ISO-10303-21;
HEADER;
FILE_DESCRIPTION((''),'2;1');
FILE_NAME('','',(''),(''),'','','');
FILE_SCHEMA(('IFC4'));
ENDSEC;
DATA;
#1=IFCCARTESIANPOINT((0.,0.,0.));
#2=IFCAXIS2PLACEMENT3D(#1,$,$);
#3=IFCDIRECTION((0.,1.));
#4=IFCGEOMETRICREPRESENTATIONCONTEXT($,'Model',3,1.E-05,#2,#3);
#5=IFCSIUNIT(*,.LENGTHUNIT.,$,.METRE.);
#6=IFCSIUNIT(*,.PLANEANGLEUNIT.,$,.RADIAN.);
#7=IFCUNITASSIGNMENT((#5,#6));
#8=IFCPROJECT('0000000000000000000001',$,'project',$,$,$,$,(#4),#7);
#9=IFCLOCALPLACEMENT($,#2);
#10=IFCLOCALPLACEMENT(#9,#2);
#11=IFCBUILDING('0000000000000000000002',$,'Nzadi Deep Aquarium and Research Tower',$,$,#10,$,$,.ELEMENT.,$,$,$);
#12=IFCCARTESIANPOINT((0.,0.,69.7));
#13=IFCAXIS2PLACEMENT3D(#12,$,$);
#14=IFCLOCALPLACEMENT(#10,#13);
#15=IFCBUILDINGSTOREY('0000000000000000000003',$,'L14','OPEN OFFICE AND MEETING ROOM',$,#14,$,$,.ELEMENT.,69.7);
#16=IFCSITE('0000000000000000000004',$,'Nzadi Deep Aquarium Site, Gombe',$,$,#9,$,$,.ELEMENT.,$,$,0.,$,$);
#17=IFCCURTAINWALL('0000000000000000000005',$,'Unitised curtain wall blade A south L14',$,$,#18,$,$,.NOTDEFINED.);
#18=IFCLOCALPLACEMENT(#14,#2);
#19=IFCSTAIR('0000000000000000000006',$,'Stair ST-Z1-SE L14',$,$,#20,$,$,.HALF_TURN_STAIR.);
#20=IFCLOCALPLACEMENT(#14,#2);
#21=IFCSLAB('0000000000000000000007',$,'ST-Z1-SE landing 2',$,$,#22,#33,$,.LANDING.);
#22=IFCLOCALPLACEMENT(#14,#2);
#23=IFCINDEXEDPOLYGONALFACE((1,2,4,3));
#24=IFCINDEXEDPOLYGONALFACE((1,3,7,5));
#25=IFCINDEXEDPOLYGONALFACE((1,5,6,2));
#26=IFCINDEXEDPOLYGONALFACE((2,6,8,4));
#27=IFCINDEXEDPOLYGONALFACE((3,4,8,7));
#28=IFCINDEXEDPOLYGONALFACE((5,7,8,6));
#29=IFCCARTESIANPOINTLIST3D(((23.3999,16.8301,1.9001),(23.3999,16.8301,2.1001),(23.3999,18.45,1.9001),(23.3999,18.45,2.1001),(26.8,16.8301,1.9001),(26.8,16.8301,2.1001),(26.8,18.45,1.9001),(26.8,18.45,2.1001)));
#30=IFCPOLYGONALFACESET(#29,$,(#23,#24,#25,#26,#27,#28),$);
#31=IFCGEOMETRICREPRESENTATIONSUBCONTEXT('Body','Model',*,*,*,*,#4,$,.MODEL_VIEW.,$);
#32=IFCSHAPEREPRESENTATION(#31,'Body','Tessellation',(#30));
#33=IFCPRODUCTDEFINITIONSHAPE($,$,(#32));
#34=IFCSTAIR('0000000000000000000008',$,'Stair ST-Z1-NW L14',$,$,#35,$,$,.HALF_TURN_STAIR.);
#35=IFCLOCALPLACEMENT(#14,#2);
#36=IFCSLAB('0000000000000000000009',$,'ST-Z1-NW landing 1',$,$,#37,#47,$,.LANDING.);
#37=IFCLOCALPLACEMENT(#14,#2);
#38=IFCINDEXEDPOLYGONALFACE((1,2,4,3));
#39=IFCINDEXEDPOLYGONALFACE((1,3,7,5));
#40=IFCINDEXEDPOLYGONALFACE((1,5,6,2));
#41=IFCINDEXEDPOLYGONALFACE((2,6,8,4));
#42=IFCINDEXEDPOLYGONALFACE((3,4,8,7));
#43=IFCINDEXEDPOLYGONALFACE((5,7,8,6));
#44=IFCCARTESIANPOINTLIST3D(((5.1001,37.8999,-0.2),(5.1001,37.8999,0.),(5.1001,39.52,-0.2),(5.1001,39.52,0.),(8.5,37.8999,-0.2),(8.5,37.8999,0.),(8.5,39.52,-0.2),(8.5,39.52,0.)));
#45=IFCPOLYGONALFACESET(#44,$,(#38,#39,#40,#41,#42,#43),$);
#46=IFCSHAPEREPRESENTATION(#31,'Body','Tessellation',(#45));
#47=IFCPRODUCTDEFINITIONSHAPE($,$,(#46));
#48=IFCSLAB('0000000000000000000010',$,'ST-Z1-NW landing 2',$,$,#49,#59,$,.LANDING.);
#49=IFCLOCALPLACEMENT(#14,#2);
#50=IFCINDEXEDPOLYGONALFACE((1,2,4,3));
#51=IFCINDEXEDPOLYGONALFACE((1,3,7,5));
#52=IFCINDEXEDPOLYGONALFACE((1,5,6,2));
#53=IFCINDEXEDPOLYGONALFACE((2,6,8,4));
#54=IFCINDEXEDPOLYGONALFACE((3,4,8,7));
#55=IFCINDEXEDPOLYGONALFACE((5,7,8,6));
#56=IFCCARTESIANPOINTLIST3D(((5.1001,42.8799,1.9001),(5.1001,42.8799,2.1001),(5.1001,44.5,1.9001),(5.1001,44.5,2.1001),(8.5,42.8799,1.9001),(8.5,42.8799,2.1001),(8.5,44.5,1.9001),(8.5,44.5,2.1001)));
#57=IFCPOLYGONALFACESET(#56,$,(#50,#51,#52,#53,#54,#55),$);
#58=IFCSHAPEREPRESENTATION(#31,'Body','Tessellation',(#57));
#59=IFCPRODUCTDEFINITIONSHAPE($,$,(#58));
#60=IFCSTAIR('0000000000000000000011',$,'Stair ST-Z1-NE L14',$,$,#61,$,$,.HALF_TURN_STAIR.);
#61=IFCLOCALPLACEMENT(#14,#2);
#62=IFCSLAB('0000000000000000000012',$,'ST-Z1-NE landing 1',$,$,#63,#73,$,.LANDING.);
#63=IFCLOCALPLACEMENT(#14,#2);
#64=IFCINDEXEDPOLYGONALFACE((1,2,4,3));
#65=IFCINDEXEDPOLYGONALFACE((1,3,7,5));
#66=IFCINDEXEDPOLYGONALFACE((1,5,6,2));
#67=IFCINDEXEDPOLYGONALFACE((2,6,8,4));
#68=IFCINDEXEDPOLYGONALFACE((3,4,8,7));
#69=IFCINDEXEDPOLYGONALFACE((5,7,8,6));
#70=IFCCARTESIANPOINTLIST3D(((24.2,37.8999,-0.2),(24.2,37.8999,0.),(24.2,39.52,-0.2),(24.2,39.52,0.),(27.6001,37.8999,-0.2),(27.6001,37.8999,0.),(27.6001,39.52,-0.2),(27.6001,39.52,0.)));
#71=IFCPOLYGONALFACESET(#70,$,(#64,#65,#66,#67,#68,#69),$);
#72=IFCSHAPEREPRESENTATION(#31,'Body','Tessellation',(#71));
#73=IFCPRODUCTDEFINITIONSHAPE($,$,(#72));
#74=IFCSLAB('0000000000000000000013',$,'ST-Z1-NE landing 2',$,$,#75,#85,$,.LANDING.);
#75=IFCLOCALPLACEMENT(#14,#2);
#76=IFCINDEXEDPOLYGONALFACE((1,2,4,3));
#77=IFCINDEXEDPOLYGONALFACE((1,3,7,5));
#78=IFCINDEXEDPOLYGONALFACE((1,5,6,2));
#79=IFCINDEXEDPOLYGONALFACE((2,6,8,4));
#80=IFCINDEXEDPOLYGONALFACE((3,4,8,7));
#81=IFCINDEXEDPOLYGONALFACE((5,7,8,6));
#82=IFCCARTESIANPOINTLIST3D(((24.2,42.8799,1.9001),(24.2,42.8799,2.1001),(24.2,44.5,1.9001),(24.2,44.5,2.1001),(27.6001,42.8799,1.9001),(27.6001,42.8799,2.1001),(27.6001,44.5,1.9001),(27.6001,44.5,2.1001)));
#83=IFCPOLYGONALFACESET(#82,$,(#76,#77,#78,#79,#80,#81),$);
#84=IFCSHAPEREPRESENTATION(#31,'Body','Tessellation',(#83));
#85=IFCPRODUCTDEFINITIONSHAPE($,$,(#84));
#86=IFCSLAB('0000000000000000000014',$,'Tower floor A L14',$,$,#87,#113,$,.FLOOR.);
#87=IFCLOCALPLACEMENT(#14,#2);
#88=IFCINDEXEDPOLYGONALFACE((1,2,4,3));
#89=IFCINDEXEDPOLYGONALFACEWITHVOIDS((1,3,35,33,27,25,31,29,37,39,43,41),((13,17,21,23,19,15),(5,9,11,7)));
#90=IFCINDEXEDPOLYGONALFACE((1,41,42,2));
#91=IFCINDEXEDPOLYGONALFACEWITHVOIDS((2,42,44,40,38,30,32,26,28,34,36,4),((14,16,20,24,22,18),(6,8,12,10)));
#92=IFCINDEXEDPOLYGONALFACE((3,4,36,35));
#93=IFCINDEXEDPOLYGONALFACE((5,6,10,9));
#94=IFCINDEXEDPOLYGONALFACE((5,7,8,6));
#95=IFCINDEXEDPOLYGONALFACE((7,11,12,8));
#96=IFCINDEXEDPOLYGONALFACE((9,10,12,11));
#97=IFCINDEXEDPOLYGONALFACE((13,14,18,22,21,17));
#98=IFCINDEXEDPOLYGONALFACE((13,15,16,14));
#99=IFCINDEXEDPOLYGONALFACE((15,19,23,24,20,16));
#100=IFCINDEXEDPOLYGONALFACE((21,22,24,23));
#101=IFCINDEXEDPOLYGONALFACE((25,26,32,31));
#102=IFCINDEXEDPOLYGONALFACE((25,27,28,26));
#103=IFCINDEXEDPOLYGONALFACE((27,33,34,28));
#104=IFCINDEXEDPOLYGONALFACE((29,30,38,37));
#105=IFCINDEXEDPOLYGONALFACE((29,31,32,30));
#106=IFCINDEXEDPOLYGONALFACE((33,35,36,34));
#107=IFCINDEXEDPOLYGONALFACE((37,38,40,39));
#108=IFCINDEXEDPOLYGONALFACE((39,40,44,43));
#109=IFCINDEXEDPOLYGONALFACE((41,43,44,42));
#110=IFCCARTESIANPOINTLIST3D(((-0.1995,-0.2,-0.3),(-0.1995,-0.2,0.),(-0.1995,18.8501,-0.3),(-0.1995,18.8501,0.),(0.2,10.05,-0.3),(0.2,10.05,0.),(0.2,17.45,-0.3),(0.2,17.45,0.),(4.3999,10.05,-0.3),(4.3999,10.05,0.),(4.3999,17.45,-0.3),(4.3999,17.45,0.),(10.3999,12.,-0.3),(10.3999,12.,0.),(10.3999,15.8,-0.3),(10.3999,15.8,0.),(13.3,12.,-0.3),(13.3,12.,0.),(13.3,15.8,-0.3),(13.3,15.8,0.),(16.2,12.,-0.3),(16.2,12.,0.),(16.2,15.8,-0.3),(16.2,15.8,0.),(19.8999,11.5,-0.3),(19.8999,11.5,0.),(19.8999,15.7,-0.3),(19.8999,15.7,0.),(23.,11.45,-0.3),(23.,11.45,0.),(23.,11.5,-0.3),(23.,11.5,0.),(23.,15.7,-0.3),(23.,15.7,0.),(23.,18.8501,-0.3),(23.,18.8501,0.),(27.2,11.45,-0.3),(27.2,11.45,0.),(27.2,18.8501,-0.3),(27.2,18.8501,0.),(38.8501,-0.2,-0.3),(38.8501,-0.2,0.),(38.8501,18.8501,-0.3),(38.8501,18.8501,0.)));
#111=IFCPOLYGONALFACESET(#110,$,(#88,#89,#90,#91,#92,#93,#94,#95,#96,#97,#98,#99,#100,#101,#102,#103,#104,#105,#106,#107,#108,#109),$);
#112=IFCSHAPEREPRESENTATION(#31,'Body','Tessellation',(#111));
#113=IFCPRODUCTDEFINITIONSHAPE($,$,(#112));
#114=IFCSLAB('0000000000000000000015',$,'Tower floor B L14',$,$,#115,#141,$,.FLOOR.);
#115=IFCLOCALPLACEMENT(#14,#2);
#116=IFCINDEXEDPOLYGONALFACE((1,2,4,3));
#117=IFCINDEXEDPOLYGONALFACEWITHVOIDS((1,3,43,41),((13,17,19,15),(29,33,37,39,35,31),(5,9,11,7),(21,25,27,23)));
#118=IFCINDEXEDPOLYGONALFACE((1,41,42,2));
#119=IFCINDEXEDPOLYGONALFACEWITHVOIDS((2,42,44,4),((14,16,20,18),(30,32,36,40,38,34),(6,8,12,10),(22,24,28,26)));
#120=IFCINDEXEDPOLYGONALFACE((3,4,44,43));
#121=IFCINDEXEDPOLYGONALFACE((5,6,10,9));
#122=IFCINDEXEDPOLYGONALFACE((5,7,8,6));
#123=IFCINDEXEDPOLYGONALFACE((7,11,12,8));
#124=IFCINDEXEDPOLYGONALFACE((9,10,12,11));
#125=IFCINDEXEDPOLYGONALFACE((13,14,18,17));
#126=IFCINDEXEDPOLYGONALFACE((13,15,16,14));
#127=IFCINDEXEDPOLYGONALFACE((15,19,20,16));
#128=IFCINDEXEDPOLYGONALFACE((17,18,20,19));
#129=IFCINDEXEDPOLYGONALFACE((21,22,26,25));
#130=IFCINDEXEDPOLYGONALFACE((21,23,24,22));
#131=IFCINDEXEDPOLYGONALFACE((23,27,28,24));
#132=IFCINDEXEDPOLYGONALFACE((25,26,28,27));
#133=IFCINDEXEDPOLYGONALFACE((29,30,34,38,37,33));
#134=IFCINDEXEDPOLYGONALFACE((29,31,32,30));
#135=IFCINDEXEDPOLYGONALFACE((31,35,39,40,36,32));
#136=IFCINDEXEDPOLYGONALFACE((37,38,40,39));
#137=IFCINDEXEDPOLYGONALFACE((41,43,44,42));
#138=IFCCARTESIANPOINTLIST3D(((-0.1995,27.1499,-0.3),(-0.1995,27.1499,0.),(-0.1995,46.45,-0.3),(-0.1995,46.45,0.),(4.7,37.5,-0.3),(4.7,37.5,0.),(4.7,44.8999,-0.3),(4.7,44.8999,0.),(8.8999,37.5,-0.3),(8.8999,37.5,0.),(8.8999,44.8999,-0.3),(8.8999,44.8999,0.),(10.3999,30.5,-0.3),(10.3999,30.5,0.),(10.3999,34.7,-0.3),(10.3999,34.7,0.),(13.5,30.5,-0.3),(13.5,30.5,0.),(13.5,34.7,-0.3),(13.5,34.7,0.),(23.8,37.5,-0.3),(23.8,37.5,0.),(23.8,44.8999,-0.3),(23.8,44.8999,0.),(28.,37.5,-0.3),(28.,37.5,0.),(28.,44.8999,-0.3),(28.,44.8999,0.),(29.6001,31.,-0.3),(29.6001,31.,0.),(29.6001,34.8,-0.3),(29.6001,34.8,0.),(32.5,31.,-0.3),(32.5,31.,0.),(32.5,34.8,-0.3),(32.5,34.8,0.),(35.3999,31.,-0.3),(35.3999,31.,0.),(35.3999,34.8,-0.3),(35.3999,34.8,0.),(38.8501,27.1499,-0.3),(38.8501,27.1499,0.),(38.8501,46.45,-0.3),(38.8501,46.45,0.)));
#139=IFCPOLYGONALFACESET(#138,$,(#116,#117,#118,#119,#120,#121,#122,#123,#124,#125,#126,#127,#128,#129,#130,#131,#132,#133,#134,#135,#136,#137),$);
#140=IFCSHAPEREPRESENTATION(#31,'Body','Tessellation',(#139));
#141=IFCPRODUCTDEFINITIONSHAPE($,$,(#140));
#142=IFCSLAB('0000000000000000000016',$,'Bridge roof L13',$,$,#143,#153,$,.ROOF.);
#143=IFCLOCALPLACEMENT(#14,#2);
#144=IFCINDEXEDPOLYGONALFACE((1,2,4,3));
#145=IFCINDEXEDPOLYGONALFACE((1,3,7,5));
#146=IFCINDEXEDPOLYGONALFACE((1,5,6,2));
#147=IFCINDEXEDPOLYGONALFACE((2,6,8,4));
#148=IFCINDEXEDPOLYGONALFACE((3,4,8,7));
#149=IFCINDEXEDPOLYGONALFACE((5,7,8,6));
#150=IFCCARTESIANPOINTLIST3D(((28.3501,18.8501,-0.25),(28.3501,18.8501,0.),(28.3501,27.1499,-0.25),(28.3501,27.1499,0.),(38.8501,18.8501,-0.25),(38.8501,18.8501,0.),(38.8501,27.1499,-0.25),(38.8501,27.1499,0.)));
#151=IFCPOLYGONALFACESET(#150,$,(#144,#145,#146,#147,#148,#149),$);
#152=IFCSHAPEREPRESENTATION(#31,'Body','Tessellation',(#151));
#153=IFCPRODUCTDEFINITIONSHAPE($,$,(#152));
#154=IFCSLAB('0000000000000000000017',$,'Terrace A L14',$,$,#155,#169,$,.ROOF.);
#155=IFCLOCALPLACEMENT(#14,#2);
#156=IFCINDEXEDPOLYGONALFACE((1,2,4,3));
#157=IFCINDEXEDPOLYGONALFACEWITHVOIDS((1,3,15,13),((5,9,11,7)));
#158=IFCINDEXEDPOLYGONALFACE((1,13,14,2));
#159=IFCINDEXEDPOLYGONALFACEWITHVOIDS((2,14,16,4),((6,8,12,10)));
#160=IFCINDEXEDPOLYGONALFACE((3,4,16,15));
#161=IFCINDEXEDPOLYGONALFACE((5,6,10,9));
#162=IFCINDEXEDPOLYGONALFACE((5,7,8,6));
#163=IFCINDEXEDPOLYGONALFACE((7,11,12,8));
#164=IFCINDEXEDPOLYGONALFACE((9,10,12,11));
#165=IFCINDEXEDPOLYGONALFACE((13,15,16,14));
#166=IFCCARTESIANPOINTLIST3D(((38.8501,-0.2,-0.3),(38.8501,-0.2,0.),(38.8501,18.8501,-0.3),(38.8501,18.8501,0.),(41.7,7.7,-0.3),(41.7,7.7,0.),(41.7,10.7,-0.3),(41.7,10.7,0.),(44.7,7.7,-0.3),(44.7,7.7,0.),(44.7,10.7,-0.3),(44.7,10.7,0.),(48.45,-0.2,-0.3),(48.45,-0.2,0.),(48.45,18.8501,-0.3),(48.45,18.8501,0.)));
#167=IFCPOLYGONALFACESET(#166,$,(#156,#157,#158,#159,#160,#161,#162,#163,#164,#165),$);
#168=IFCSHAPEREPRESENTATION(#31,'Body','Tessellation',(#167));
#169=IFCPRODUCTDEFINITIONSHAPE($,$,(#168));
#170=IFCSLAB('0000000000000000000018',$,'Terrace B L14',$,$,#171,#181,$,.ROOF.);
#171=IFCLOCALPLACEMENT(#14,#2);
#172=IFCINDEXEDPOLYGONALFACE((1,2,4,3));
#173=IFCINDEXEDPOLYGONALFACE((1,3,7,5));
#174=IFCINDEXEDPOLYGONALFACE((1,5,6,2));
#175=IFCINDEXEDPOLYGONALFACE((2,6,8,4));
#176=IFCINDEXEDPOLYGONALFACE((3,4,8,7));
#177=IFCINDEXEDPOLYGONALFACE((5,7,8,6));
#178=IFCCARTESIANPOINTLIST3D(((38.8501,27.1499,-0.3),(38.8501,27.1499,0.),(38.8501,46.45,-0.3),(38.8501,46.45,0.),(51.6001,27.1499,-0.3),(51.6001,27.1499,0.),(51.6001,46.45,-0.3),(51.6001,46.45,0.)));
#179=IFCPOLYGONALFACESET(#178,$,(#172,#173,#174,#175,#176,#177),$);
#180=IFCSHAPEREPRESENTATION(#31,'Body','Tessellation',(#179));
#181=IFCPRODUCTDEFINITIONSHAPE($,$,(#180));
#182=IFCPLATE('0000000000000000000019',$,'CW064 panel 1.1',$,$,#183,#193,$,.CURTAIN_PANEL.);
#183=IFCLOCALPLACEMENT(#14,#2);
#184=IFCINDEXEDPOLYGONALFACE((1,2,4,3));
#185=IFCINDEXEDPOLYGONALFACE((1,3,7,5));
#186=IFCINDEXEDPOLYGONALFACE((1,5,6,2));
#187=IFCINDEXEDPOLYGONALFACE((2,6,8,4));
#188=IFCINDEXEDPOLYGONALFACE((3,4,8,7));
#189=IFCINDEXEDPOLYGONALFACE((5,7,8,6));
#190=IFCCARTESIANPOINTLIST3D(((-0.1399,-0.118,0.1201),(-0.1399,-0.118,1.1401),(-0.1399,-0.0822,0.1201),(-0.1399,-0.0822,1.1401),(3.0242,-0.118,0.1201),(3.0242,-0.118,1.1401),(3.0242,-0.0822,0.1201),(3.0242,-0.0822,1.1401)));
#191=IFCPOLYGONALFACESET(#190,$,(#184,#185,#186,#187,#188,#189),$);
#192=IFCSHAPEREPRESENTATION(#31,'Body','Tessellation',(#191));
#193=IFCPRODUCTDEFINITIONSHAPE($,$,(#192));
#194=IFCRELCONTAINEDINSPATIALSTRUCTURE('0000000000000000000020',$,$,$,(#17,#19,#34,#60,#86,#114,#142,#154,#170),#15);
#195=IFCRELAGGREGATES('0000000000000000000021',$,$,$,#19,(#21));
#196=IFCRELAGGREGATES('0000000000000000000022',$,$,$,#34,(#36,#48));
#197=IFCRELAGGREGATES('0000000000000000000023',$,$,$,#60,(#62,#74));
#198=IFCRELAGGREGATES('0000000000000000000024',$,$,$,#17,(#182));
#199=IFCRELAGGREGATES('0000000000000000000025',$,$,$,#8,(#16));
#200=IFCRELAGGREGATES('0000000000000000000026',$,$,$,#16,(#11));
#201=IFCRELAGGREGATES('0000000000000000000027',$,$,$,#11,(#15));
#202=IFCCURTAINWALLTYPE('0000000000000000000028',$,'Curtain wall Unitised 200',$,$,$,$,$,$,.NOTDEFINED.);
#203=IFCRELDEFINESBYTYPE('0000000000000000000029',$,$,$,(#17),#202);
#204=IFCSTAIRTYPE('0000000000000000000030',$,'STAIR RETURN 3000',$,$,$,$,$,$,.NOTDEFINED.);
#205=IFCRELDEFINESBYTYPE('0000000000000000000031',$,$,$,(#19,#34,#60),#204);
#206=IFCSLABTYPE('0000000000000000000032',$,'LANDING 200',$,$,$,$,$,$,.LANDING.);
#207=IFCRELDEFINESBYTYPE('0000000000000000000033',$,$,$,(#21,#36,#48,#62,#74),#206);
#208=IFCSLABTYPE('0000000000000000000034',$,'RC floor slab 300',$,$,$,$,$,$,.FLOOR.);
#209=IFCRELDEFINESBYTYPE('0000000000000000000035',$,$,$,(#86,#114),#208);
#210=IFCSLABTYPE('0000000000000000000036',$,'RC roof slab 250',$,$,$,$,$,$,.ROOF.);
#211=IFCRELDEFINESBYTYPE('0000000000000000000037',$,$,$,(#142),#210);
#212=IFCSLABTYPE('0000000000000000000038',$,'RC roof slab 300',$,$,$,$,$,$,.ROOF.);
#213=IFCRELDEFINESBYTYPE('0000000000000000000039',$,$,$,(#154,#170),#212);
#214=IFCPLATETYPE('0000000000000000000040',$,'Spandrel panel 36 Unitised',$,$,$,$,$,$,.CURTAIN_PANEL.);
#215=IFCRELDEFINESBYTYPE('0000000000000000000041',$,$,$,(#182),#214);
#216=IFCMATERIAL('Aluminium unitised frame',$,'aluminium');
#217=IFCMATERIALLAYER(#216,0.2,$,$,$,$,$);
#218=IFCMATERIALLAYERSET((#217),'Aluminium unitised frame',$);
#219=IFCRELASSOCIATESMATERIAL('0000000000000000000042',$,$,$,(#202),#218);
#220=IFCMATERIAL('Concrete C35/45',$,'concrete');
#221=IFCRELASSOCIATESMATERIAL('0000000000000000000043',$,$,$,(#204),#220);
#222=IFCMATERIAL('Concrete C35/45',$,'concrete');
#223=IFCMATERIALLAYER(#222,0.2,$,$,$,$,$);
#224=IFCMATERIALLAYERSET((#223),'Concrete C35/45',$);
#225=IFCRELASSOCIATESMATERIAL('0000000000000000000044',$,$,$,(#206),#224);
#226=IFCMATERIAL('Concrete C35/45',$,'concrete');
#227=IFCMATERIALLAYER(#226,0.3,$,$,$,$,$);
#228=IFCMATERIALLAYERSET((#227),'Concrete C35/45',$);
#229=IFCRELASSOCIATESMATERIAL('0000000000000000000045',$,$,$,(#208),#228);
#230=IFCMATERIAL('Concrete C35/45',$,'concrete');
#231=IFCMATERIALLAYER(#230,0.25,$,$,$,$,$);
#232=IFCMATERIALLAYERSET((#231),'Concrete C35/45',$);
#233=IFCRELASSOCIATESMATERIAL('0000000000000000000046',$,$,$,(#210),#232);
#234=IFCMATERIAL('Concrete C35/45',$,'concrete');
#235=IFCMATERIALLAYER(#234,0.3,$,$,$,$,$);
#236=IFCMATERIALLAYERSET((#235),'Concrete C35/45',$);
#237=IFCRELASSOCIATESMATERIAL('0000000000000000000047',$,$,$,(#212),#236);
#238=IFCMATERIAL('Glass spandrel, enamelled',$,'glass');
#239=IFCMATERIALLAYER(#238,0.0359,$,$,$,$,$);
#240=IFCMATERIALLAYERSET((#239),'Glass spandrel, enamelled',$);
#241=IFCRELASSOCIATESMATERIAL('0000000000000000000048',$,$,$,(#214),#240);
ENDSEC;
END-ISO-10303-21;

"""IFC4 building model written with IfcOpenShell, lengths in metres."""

from ifc_helpers import new_model, si_unit, direction, frame, origin, origin_2d, place, context, subcontext, project, spatial, polyline, rectangle, outline, extrude, material, layer, layer_set, type_object, element, aggregate, save


model = new_model("IFC4")

# Units and contexts
model_context = context("Model", 3, precision=1e-05, world=origin(), true_north=direction((0.0, 1.0)))
body_context = subcontext(model_context, "Body", "Model", "MODEL_VIEW")
ifc_project = project(units=[si_unit("LENGTHUNIT", "METRE"), si_unit("PLANEANGLEUNIT", "RADIAN")], contexts=[model_context])

# Site, building, storey
site_placement = place(None, origin())
site = spatial("IfcSite", under=ifc_project, at=site_placement, Name="Nzadi Deep Aquarium Site, Gombe", CompositionType="ELEMENT", RefElevation=0.0)
building_placement = place(site_placement, origin())
building = spatial("IfcBuilding", under=site, at=building_placement, Name="Nzadi Deep Aquarium and Research Tower", CompositionType="ELEMENT")
storey_placement = place(building_placement, frame((0.0, 0.0, 69.7)))
storey = spatial("IfcBuildingStorey", under=building, at=storey_placement, Name="L14", Description="OPEN OFFICE AND MEETING ROOM", CompositionType="ELEMENT", Elevation=69.7)

# Curtain wall
ifc_material_1 = material(Name="Aluminium unitised frame", Category="aluminium")
ifc_layer_1 = layer(ifc_material_1, 0.2)
ifc_layer_set_1 = layer_set([ifc_layer_1], Name="Aluminium unitised frame")
curtain_wall_type = type_object("IfcCurtainWallType", Name="Curtain wall Unitised 200", PredefinedType="NOTDEFINED", material=ifc_layer_set_1)
curtain_wall_placement = place(storey_placement, origin())
curtain_wall = element("IfcCurtainWall", 1, at=curtain_wall_placement, inside=storey, type_object=curtain_wall_type, Name="Unitised curtain wall blade A south L14", PredefinedType="NOTDEFINED")

# Stairs, slabs
ifc_material_2 = material(Name="Concrete C35/45", Category="concrete")
stair_type = type_object("IfcStairType", Name="STAIR RETURN 3000", PredefinedType="NOTDEFINED", material=ifc_material_2)
ifc_material_3 = material(Name="Concrete C35/45", Category="concrete")
ifc_layer_2 = layer(ifc_material_3, 0.2)
ifc_layer_set_2 = layer_set([ifc_layer_2], Name="Concrete C35/45")
slab_type_1 = type_object("IfcSlabType", Name="LANDING 200", PredefinedType="LANDING", material=ifc_layer_set_2)
stair_1_placement = place(storey_placement, origin())
stair_1 = element("IfcStair", 2, at=stair_1_placement, inside=storey, type_object=stair_type, Name="Stair ST-Z1-SE L14", PredefinedType="HALF_TURN_STAIR")
slab_1_placement = place(storey_placement, frame((0.0, 0.0, 1.9001)))
slab_1 = element("IfcSlab", 3, at=slab_1_placement, type_object=slab_type_1, Name="ST-Z1-SE landing 2", PredefinedType="LANDING", context=body_context, shape_type="SweptSolid", body=[
    extrude(outline(polyline([(23.3999, 16.8301), (26.8, 16.8301), (26.8, 18.45), (23.3999, 18.45), (23.3999, 16.8301)])), origin(), (0.0, 0.0, 1.0), 0.2),
])
aggregate(stair_1, [slab_1])
stair_2_placement = place(storey_placement, origin())
stair_2 = element("IfcStair", 4, at=stair_2_placement, inside=storey, type_object=stair_type, Name="Stair ST-Z1-NW L14", PredefinedType="HALF_TURN_STAIR")
slab_2_placement = place(storey_placement, frame((0.0, 0.0, -0.2)))
slab_2 = element("IfcSlab", 5, at=slab_2_placement, type_object=slab_type_1, Name="ST-Z1-NW landing 1", PredefinedType="LANDING", context=body_context, shape_type="SweptSolid", body=[
    extrude(outline(polyline([(5.1001, 37.8999), (8.5, 37.8999), (8.5, 39.52), (5.1001, 39.52), (5.1001, 37.8999)])), origin(), (0.0, 0.0, 1.0), 0.2),
])
slab_3_placement = place(storey_placement, frame((0.0, 0.0, 1.9001)))
slab_3 = element("IfcSlab", 6, at=slab_3_placement, type_object=slab_type_1, Name="ST-Z1-NW landing 2", PredefinedType="LANDING", context=body_context, shape_type="SweptSolid", body=[
    extrude(outline(polyline([(5.1001, 42.8799), (8.5, 42.8799), (8.5, 44.5), (5.1001, 44.5), (5.1001, 42.8799)])), origin(), (0.0, 0.0, 1.0), 0.2),
])
aggregate(stair_2, [slab_2, slab_3])
stair_3_placement = place(storey_placement, origin())
stair_3 = element("IfcStair", 7, at=stair_3_placement, inside=storey, type_object=stair_type, Name="Stair ST-Z1-NE L14", PredefinedType="HALF_TURN_STAIR")
slab_4_placement = place(storey_placement, frame((0.0, 0.0, -0.2)))
slab_4 = element("IfcSlab", 8, at=slab_4_placement, type_object=slab_type_1, Name="ST-Z1-NE landing 1", PredefinedType="LANDING", context=body_context, shape_type="SweptSolid", body=[
    extrude(outline(polyline([(24.2, 37.8999), (27.6001, 37.8999), (27.6001, 39.52), (24.2, 39.52), (24.2, 37.8999)])), origin(), (0.0, 0.0, 1.0), 0.2),
])
slab_5_placement = place(storey_placement, frame((0.0, 0.0, 1.9001)))
slab_5 = element("IfcSlab", 9, at=slab_5_placement, type_object=slab_type_1, Name="ST-Z1-NE landing 2", PredefinedType="LANDING", context=body_context, shape_type="SweptSolid", body=[
    extrude(outline(polyline([(24.2, 42.8799), (27.6001, 42.8799), (27.6001, 44.5), (24.2, 44.5), (24.2, 42.8799)])), origin(), (0.0, 0.0, 1.0), 0.2),
])
aggregate(stair_3, [slab_4, slab_5])

# Slabs
ifc_material_4 = material(Name="Concrete C35/45", Category="concrete")
ifc_layer_3 = layer(ifc_material_4, 0.3)
ifc_layer_set_3 = layer_set([ifc_layer_3], Name="Concrete C35/45")
slab_type_2 = type_object("IfcSlabType", Name="RC floor slab 300", PredefinedType="FLOOR", material=ifc_layer_set_3)
slab_6_placement = place(storey_placement, frame((0.0, 0.0, -0.3)))
element("IfcSlab", 10, at=slab_6_placement, inside=storey, type_object=slab_type_2, Name="Tower floor A L14", PredefinedType="FLOOR", context=body_context, shape_type="SweptSolid", body=[
    extrude(outline(polyline([(27.2, 11.45), (23.0, 11.45), (23.0, 11.5), (19.8999, 11.5), (19.8999, 15.7), (23.0, 15.7), (23.0, 18.8501), (-0.1995, 18.8501), (-0.1995, -0.2), (38.8501, -0.2), (38.8501, 18.8501), (27.2, 18.8501), (27.2, 11.45)]), holes=[polyline([(4.3999, 17.45), (4.3999, 10.05), (0.2, 10.05), (0.2, 17.45), (4.3999, 17.45)]), polyline([(10.3999, 12.0), (10.3999, 15.8), (13.3, 15.8), (16.2, 15.8), (16.2, 12.0), (13.3, 12.0), (10.3999, 12.0)])]), origin(), (0.0, 0.0, 1.0), 0.3),
])
slab_7_placement = place(storey_placement, frame((0.0, 0.0, -0.3)))
element("IfcSlab", 11, at=slab_7_placement, inside=storey, type_object=slab_type_2, Name="Tower floor B L14", PredefinedType="FLOOR", context=body_context, shape_type="SweptSolid", body=[
    extrude(outline(polyline([(-0.1995, 27.1499), (38.8501, 27.1499), (38.8501, 46.45), (-0.1995, 46.45), (-0.1995, 27.1499)]), holes=[polyline([(8.8999, 44.8999), (8.8999, 37.5), (4.7, 37.5), (4.7, 44.8999), (8.8999, 44.8999)]), polyline([(28.0, 37.5), (23.8, 37.5), (23.8, 44.8999), (28.0, 44.8999), (28.0, 37.5)]), polyline([(10.3999, 30.5), (10.3999, 34.7), (13.5, 34.7), (13.5, 30.5), (10.3999, 30.5)]), polyline([(29.6001, 34.8), (32.5, 34.8), (35.3999, 34.8), (35.3999, 31.0), (32.5, 31.0), (29.6001, 31.0), (29.6001, 34.8)])]), origin(), (0.0, 0.0, 1.0), 0.3),
])
ifc_material_5 = material(Name="Concrete C35/45", Category="concrete")
ifc_layer_4 = layer(ifc_material_5, 0.25)
ifc_layer_set_4 = layer_set([ifc_layer_4], Name="Concrete C35/45")
slab_type_3 = type_object("IfcSlabType", Name="RC roof slab 250", PredefinedType="ROOF", material=ifc_layer_set_4)
slab_8_placement = place(storey_placement, frame((0.0, 0.0, -0.25)))
element("IfcSlab", 12, at=slab_8_placement, inside=storey, type_object=slab_type_3, Name="Bridge roof L13", PredefinedType="ROOF", context=body_context, shape_type="SweptSolid", body=[
    extrude(outline(polyline([(38.8501, 18.8501), (38.8501, 27.1499), (28.3501, 27.1499), (28.3501, 18.8501), (38.8501, 18.8501)])), origin(), (0.0, 0.0, 1.0), 0.25),
])
ifc_material_6 = material(Name="Concrete C35/45", Category="concrete")
ifc_layer_5 = layer(ifc_material_6, 0.3)
ifc_layer_set_5 = layer_set([ifc_layer_5], Name="Concrete C35/45")
slab_type_4 = type_object("IfcSlabType", Name="RC roof slab 300", PredefinedType="ROOF", material=ifc_layer_set_5)
slab_9_placement = place(storey_placement, frame((0.0, 0.0, -0.3)))
element("IfcSlab", 13, at=slab_9_placement, inside=storey, type_object=slab_type_4, Name="Terrace A L14", PredefinedType="ROOF", context=body_context, shape_type="SweptSolid", body=[
    extrude(outline(polyline([(38.8501, -0.2), (48.45, -0.2), (48.45, 18.8501), (38.8501, 18.8501), (38.8501, -0.2)]), holes=[polyline([(44.7, 7.7), (41.7, 7.7), (41.7, 10.7), (44.7, 10.7), (44.7, 7.7)])]), origin(), (0.0, 0.0, 1.0), 0.3),
])
slab_10_placement = place(storey_placement, frame((0.0, 0.0, -0.3)))
element("IfcSlab", 14, at=slab_10_placement, inside=storey, type_object=slab_type_4, Name="Terrace B L14", PredefinedType="ROOF", context=body_context, shape_type="SweptSolid", body=[
    extrude(outline(polyline([(51.6001, 27.1499), (51.6001, 46.45), (38.8501, 46.45), (38.8501, 27.1499), (51.6001, 27.1499)])), origin(), (0.0, 0.0, 1.0), 0.3),
])

# Plate
ifc_material_7 = material(Name="Glass spandrel, enamelled", Category="glass")
ifc_layer_6 = layer(ifc_material_7, 0.0359)
ifc_layer_set_6 = layer_set([ifc_layer_6], Name="Glass spandrel, enamelled")
plate_type_1 = type_object("IfcPlateType", Name="Spandrel panel 36 Unitised", PredefinedType="CURTAIN_PANEL", material=ifc_layer_set_6)
plate_1_placement = place(storey_placement, frame((1.4421, -0.1001, 0.1201), z_axis=(0.0, 0.0, 1.0), x_axis=(1.0, 0.0, 0.0)))
plate_1 = element("IfcPlate", 15, at=plate_1_placement, type_object=plate_type_1, Name="CW064 panel 1.1", PredefinedType="CURTAIN_PANEL", context=body_context, shape_type="SweptSolid", body=[
    extrude(rectangle(XDim=3.1641, YDim=0.0359, at=origin_2d()), origin(), (0.0, 0.0, 1.0), 1.02),
])
aggregate(curtain_wall, [plate_1])

save(model, "model.ifc")
